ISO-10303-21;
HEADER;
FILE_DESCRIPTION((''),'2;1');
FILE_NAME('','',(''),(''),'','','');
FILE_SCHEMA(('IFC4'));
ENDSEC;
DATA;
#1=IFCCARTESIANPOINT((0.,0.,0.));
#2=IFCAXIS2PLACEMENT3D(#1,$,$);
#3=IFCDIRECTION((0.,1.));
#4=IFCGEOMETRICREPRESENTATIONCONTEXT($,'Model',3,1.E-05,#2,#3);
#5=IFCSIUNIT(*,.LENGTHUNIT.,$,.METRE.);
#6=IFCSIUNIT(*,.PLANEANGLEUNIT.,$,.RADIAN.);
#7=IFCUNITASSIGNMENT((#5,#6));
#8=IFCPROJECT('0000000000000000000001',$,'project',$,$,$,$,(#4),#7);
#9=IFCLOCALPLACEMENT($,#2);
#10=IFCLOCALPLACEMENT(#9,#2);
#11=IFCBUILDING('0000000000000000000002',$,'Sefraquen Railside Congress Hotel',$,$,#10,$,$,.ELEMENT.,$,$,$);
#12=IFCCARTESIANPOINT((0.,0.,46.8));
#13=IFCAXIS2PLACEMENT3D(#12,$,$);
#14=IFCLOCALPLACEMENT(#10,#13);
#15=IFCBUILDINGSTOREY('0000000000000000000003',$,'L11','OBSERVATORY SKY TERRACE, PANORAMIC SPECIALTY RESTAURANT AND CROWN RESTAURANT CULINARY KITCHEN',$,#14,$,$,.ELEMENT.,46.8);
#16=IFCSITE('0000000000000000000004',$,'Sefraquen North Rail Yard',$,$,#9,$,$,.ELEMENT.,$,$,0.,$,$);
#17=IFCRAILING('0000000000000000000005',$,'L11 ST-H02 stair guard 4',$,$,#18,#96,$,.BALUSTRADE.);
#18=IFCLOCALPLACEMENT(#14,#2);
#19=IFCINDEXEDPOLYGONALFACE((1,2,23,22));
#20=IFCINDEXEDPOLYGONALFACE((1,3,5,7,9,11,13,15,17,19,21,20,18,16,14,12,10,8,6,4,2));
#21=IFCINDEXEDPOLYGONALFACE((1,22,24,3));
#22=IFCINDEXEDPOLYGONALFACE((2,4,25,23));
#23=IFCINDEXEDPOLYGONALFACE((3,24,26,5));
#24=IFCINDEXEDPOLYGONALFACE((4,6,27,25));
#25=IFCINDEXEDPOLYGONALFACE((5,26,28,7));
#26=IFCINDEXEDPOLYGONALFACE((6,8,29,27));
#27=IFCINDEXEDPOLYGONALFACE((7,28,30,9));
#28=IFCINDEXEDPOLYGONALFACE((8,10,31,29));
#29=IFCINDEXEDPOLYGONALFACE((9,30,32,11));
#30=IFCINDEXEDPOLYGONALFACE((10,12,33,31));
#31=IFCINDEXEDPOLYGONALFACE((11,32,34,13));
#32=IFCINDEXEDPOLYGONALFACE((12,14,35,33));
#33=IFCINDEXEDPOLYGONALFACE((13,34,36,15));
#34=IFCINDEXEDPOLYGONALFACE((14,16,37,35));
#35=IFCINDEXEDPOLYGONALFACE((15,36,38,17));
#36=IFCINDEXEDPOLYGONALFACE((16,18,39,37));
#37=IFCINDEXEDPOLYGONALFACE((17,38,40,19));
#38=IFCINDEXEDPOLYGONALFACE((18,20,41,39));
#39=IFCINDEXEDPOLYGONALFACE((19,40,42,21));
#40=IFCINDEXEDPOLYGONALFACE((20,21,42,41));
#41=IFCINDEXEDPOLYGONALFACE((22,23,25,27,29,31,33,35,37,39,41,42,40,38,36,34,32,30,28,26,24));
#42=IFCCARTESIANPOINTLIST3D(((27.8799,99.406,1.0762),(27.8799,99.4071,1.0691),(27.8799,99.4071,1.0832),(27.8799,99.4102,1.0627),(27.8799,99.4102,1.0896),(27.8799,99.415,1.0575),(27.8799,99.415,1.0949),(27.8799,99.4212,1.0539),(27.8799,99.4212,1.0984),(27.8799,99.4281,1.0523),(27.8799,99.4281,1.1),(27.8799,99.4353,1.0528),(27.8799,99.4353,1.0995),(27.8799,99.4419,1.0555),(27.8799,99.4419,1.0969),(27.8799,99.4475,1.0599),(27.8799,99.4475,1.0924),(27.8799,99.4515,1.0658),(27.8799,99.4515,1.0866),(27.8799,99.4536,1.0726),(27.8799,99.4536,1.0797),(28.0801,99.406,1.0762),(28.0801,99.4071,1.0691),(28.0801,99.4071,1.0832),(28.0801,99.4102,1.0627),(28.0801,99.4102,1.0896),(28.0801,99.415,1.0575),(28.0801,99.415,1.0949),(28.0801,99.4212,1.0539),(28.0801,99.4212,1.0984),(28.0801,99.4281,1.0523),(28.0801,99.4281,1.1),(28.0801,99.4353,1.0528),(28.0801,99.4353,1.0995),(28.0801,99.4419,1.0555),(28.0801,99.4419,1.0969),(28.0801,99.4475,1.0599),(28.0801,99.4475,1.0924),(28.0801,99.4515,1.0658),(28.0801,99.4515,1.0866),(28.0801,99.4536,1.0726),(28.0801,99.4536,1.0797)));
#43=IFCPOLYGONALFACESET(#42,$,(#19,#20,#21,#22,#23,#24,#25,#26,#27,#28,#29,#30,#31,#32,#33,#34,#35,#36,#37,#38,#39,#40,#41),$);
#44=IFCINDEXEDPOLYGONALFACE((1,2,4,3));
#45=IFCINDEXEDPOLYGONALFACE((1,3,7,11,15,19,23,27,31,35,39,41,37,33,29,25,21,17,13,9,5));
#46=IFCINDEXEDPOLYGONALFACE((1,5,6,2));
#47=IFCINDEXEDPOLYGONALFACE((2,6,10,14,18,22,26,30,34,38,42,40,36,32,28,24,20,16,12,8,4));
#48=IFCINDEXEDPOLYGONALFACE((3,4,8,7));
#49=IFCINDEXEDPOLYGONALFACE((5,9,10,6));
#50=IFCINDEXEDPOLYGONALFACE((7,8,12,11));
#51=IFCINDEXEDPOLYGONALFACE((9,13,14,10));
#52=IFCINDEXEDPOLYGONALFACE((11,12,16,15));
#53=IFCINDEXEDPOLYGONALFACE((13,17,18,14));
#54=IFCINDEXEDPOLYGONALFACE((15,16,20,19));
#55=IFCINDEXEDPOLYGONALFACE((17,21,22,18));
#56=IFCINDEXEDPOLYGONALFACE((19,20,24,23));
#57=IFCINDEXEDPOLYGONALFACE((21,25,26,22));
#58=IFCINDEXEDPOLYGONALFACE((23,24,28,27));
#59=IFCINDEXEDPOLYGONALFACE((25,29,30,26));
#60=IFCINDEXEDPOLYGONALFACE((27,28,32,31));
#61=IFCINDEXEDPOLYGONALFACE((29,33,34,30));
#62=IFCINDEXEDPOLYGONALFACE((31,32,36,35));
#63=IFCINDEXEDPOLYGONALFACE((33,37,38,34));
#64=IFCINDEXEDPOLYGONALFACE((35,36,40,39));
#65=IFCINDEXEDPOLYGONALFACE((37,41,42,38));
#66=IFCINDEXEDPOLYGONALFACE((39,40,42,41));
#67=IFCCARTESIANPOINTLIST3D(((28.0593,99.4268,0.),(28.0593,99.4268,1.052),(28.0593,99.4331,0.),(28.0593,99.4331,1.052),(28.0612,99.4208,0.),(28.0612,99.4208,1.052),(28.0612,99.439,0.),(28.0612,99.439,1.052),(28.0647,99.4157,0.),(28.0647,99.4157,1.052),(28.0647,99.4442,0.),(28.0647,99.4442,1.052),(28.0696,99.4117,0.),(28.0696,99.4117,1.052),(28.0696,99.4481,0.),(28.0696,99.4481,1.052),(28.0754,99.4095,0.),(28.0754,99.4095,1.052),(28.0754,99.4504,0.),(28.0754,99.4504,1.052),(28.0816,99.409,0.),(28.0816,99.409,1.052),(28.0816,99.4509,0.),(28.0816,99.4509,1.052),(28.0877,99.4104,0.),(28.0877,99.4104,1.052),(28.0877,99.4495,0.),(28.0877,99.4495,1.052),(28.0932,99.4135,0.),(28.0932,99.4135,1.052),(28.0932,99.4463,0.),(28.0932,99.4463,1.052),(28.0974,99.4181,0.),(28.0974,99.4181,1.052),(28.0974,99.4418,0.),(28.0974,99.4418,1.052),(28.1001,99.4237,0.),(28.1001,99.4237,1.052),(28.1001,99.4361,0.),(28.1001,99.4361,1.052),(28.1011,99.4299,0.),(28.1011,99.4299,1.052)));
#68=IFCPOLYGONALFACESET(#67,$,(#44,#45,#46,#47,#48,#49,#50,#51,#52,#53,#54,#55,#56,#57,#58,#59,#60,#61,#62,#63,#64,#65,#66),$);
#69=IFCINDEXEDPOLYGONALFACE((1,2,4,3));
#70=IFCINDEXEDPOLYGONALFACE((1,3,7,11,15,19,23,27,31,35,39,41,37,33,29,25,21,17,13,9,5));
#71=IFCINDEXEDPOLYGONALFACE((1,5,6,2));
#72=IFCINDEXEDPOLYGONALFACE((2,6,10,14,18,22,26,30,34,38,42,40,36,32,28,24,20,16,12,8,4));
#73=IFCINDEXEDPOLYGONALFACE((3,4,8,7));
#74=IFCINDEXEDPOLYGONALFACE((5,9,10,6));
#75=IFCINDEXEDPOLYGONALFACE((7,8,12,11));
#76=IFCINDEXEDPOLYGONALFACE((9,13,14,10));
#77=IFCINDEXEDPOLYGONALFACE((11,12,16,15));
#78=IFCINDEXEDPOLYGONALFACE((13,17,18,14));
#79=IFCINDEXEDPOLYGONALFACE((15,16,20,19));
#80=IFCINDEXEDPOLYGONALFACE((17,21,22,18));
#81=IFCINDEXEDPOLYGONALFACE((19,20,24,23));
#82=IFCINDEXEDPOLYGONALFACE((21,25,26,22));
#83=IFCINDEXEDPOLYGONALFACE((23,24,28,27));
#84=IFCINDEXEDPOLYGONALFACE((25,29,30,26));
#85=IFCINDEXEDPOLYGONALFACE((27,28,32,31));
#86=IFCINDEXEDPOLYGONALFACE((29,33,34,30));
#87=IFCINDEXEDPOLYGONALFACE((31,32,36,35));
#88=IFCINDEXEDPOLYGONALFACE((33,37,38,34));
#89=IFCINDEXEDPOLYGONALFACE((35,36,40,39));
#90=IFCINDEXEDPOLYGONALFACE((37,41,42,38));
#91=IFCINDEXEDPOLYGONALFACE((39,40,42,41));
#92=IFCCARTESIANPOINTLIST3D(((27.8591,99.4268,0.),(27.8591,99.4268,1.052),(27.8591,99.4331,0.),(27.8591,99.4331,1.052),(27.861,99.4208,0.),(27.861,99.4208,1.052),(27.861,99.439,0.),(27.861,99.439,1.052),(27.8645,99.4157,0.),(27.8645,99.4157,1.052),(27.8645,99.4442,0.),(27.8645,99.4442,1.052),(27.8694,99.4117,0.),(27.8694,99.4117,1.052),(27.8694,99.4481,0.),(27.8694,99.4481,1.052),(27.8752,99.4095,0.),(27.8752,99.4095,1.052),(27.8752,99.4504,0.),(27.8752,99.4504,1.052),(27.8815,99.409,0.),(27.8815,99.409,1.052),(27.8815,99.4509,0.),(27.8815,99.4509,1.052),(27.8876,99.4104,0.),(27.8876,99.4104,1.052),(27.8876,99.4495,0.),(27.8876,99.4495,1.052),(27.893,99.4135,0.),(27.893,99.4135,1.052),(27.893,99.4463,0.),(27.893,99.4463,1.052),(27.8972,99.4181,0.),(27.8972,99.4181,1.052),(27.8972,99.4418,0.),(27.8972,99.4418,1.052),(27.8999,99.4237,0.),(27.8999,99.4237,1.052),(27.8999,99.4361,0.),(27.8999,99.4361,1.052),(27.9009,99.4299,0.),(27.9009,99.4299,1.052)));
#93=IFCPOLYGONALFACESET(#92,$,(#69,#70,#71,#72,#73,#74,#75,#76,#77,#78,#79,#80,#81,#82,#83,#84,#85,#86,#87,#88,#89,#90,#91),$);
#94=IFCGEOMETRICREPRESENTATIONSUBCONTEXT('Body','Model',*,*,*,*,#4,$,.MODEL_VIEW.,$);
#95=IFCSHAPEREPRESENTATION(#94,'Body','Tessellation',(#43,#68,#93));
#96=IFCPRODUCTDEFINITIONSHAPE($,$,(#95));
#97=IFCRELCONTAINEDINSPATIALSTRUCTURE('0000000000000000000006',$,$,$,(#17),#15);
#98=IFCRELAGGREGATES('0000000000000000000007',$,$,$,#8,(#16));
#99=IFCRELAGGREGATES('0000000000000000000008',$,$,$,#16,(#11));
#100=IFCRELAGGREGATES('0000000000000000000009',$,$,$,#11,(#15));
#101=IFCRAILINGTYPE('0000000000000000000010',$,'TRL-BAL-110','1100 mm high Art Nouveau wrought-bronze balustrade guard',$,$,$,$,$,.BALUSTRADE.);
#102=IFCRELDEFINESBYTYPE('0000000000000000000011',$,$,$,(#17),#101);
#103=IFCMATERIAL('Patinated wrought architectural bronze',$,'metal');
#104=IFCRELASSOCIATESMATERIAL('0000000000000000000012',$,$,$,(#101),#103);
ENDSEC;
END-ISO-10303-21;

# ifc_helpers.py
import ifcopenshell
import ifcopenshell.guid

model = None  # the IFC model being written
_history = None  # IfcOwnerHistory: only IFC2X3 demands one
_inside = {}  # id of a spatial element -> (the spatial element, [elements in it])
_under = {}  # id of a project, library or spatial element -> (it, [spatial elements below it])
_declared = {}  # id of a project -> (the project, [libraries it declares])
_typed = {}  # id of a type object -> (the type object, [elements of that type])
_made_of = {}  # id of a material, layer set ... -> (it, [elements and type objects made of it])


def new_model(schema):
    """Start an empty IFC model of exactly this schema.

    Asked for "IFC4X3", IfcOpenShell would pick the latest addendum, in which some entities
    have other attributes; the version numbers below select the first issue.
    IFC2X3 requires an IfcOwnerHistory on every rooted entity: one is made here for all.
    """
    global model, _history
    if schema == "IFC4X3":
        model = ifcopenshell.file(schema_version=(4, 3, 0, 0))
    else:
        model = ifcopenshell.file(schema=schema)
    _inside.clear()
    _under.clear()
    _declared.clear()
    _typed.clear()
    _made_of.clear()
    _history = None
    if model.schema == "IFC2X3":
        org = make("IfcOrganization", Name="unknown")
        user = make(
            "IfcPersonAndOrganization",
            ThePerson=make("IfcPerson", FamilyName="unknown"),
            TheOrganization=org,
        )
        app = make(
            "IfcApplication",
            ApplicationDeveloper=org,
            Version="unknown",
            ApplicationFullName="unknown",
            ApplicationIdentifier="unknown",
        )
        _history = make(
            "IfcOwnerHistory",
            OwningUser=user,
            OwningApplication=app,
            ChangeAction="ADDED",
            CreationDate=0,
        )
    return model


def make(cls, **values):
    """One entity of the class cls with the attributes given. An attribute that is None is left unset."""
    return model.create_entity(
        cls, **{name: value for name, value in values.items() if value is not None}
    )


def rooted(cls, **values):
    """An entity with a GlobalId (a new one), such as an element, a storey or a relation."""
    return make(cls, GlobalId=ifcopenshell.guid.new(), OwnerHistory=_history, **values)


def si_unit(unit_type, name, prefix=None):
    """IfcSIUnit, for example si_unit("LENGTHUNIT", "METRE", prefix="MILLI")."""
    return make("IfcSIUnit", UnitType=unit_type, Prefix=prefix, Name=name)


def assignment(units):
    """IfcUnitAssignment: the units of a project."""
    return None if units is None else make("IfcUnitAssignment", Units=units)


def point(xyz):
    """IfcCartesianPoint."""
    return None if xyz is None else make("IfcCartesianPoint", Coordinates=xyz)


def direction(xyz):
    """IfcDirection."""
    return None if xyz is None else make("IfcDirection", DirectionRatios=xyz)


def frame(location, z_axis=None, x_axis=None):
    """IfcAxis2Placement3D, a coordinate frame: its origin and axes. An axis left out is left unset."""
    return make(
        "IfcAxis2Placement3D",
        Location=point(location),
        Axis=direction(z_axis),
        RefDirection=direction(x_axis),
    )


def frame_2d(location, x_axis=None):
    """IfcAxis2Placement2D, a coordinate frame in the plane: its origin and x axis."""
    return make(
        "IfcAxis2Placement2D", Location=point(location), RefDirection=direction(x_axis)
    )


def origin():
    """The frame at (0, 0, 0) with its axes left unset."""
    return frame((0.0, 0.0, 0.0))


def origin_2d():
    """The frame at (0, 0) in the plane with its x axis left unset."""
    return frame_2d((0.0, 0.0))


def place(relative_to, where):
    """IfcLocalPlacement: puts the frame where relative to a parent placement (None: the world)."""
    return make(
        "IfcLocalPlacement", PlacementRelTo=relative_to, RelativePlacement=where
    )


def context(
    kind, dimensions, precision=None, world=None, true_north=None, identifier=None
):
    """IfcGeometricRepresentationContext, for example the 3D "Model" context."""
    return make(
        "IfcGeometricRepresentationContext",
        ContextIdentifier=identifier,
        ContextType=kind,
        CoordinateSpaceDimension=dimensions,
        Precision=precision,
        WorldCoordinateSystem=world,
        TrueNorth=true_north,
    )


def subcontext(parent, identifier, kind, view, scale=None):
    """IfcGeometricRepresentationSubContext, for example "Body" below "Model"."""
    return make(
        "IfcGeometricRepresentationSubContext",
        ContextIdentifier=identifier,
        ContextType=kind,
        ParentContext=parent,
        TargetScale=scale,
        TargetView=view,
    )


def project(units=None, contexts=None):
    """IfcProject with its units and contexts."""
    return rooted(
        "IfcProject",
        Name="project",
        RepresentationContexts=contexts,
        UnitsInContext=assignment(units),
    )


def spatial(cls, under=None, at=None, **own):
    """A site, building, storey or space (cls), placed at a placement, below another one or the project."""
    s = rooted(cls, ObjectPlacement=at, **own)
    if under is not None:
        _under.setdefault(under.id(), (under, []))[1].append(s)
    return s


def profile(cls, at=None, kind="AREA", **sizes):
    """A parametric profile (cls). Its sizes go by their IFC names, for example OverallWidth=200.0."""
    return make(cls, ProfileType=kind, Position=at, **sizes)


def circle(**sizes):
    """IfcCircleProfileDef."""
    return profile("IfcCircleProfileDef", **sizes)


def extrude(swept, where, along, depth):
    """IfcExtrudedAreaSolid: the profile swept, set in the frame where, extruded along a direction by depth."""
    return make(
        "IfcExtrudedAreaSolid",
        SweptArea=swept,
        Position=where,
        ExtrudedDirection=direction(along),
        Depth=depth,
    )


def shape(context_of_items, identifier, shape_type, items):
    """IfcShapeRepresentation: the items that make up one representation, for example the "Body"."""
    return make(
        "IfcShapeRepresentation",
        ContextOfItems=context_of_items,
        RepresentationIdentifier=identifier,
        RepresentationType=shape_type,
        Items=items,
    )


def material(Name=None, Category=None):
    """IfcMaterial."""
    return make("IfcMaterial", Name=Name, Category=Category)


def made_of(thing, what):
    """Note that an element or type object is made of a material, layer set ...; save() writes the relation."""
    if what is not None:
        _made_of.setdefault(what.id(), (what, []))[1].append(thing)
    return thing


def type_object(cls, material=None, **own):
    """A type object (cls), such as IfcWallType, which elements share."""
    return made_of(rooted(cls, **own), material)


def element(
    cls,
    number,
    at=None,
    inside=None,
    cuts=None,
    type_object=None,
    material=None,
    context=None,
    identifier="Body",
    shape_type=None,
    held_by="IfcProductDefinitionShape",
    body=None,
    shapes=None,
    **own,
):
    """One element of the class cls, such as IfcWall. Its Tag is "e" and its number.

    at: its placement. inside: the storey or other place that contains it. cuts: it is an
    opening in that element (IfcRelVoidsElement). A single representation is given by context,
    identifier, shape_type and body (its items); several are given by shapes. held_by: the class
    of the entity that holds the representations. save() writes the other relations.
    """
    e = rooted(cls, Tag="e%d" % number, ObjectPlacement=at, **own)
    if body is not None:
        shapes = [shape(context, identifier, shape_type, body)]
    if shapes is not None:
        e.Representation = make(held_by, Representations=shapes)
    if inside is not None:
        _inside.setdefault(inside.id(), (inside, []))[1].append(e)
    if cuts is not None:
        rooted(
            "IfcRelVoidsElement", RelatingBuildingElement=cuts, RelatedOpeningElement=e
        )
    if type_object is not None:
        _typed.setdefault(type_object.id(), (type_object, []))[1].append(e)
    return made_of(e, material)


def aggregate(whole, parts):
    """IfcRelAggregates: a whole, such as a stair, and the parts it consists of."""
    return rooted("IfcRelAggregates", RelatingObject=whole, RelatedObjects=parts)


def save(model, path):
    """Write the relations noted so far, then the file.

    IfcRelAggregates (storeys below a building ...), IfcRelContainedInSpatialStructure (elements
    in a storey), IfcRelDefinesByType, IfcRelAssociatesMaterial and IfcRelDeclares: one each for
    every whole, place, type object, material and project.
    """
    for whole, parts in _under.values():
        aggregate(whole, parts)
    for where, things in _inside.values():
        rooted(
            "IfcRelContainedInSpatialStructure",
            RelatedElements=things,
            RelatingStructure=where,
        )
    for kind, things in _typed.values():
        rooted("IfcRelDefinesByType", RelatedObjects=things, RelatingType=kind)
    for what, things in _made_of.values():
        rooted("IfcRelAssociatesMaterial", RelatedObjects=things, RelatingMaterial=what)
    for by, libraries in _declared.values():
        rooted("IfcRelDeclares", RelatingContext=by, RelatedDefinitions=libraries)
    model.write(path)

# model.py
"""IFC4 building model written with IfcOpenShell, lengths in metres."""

from ifc_helpers import new_model, si_unit, direction, frame, origin, origin_2d, place, context, subcontext, project, spatial, circle, extrude, material, type_object, element, save


model = new_model("IFC4")

# Units and contexts
model_context = context("Model", 3, precision=1e-05, world=origin(), true_north=direction((0.0, 1.0)))
body_context = subcontext(model_context, "Body", "Model", "MODEL_VIEW")
ifc_project = project(units=[si_unit("LENGTHUNIT", "METRE"), si_unit("PLANEANGLEUNIT", "RADIAN")], contexts=[model_context])

# Site, building, storey
site_placement = place(None, origin())
site = spatial("IfcSite", under=ifc_project, at=site_placement, Name="Sefraquen North Rail Yard", CompositionType="ELEMENT", RefElevation=0.0)
building_placement = place(site_placement, origin())
building = spatial("IfcBuilding", under=site, at=building_placement, Name="Sefraquen Railside Congress Hotel", CompositionType="ELEMENT")
storey_placement = place(building_placement, frame((0.0, 0.0, 46.8)))
storey = spatial("IfcBuildingStorey", under=building, at=storey_placement, Name="L11", Description="OBSERVATORY SKY TERRACE, PANORAMIC SPECIALTY RESTAURANT AND CROWN RESTAURANT CULINARY KITCHEN", CompositionType="ELEMENT", Elevation=46.8)

# Railing
ifc_material_1 = material(Name="Patinated wrought architectural bronze", Category="metal")
railing_type_1 = type_object("IfcRailingType", Name="TRL-BAL-110", Description="1100 mm high Art Nouveau wrought-bronze balustrade guard", PredefinedType="BALUSTRADE", material=ifc_material_1)
railing_1_placement = place(storey_placement, frame((28.0801, 99.4299, 0.0)))
element("IfcRailing", 1, at=railing_1_placement, inside=storey, type_object=railing_type_1, Name="L11 ST-H02 stair guard 4", PredefinedType="BALUSTRADE", context=body_context, shape_type="SweptSolid", body=[
    extrude(circle(Radius=0.0239, at=origin_2d()), frame((0.0, 0.0, 1.0762), z_axis=(-1.0, 0.0, 0.0), x_axis=(0.0, -1.0, 0.0)), (0.0, 0.0, 1.0), 0.2002),
    extrude(circle(Radius=0.021, at=origin_2d()), origin(), (0.0, 0.0, 1.0), 1.052),
    extrude(circle(Radius=0.021, at=origin_2d()), frame((-0.2002, 0.0, 0.0)), (0.0, 0.0, 1.0), 1.052),
])

save(model, "model.ifc")
